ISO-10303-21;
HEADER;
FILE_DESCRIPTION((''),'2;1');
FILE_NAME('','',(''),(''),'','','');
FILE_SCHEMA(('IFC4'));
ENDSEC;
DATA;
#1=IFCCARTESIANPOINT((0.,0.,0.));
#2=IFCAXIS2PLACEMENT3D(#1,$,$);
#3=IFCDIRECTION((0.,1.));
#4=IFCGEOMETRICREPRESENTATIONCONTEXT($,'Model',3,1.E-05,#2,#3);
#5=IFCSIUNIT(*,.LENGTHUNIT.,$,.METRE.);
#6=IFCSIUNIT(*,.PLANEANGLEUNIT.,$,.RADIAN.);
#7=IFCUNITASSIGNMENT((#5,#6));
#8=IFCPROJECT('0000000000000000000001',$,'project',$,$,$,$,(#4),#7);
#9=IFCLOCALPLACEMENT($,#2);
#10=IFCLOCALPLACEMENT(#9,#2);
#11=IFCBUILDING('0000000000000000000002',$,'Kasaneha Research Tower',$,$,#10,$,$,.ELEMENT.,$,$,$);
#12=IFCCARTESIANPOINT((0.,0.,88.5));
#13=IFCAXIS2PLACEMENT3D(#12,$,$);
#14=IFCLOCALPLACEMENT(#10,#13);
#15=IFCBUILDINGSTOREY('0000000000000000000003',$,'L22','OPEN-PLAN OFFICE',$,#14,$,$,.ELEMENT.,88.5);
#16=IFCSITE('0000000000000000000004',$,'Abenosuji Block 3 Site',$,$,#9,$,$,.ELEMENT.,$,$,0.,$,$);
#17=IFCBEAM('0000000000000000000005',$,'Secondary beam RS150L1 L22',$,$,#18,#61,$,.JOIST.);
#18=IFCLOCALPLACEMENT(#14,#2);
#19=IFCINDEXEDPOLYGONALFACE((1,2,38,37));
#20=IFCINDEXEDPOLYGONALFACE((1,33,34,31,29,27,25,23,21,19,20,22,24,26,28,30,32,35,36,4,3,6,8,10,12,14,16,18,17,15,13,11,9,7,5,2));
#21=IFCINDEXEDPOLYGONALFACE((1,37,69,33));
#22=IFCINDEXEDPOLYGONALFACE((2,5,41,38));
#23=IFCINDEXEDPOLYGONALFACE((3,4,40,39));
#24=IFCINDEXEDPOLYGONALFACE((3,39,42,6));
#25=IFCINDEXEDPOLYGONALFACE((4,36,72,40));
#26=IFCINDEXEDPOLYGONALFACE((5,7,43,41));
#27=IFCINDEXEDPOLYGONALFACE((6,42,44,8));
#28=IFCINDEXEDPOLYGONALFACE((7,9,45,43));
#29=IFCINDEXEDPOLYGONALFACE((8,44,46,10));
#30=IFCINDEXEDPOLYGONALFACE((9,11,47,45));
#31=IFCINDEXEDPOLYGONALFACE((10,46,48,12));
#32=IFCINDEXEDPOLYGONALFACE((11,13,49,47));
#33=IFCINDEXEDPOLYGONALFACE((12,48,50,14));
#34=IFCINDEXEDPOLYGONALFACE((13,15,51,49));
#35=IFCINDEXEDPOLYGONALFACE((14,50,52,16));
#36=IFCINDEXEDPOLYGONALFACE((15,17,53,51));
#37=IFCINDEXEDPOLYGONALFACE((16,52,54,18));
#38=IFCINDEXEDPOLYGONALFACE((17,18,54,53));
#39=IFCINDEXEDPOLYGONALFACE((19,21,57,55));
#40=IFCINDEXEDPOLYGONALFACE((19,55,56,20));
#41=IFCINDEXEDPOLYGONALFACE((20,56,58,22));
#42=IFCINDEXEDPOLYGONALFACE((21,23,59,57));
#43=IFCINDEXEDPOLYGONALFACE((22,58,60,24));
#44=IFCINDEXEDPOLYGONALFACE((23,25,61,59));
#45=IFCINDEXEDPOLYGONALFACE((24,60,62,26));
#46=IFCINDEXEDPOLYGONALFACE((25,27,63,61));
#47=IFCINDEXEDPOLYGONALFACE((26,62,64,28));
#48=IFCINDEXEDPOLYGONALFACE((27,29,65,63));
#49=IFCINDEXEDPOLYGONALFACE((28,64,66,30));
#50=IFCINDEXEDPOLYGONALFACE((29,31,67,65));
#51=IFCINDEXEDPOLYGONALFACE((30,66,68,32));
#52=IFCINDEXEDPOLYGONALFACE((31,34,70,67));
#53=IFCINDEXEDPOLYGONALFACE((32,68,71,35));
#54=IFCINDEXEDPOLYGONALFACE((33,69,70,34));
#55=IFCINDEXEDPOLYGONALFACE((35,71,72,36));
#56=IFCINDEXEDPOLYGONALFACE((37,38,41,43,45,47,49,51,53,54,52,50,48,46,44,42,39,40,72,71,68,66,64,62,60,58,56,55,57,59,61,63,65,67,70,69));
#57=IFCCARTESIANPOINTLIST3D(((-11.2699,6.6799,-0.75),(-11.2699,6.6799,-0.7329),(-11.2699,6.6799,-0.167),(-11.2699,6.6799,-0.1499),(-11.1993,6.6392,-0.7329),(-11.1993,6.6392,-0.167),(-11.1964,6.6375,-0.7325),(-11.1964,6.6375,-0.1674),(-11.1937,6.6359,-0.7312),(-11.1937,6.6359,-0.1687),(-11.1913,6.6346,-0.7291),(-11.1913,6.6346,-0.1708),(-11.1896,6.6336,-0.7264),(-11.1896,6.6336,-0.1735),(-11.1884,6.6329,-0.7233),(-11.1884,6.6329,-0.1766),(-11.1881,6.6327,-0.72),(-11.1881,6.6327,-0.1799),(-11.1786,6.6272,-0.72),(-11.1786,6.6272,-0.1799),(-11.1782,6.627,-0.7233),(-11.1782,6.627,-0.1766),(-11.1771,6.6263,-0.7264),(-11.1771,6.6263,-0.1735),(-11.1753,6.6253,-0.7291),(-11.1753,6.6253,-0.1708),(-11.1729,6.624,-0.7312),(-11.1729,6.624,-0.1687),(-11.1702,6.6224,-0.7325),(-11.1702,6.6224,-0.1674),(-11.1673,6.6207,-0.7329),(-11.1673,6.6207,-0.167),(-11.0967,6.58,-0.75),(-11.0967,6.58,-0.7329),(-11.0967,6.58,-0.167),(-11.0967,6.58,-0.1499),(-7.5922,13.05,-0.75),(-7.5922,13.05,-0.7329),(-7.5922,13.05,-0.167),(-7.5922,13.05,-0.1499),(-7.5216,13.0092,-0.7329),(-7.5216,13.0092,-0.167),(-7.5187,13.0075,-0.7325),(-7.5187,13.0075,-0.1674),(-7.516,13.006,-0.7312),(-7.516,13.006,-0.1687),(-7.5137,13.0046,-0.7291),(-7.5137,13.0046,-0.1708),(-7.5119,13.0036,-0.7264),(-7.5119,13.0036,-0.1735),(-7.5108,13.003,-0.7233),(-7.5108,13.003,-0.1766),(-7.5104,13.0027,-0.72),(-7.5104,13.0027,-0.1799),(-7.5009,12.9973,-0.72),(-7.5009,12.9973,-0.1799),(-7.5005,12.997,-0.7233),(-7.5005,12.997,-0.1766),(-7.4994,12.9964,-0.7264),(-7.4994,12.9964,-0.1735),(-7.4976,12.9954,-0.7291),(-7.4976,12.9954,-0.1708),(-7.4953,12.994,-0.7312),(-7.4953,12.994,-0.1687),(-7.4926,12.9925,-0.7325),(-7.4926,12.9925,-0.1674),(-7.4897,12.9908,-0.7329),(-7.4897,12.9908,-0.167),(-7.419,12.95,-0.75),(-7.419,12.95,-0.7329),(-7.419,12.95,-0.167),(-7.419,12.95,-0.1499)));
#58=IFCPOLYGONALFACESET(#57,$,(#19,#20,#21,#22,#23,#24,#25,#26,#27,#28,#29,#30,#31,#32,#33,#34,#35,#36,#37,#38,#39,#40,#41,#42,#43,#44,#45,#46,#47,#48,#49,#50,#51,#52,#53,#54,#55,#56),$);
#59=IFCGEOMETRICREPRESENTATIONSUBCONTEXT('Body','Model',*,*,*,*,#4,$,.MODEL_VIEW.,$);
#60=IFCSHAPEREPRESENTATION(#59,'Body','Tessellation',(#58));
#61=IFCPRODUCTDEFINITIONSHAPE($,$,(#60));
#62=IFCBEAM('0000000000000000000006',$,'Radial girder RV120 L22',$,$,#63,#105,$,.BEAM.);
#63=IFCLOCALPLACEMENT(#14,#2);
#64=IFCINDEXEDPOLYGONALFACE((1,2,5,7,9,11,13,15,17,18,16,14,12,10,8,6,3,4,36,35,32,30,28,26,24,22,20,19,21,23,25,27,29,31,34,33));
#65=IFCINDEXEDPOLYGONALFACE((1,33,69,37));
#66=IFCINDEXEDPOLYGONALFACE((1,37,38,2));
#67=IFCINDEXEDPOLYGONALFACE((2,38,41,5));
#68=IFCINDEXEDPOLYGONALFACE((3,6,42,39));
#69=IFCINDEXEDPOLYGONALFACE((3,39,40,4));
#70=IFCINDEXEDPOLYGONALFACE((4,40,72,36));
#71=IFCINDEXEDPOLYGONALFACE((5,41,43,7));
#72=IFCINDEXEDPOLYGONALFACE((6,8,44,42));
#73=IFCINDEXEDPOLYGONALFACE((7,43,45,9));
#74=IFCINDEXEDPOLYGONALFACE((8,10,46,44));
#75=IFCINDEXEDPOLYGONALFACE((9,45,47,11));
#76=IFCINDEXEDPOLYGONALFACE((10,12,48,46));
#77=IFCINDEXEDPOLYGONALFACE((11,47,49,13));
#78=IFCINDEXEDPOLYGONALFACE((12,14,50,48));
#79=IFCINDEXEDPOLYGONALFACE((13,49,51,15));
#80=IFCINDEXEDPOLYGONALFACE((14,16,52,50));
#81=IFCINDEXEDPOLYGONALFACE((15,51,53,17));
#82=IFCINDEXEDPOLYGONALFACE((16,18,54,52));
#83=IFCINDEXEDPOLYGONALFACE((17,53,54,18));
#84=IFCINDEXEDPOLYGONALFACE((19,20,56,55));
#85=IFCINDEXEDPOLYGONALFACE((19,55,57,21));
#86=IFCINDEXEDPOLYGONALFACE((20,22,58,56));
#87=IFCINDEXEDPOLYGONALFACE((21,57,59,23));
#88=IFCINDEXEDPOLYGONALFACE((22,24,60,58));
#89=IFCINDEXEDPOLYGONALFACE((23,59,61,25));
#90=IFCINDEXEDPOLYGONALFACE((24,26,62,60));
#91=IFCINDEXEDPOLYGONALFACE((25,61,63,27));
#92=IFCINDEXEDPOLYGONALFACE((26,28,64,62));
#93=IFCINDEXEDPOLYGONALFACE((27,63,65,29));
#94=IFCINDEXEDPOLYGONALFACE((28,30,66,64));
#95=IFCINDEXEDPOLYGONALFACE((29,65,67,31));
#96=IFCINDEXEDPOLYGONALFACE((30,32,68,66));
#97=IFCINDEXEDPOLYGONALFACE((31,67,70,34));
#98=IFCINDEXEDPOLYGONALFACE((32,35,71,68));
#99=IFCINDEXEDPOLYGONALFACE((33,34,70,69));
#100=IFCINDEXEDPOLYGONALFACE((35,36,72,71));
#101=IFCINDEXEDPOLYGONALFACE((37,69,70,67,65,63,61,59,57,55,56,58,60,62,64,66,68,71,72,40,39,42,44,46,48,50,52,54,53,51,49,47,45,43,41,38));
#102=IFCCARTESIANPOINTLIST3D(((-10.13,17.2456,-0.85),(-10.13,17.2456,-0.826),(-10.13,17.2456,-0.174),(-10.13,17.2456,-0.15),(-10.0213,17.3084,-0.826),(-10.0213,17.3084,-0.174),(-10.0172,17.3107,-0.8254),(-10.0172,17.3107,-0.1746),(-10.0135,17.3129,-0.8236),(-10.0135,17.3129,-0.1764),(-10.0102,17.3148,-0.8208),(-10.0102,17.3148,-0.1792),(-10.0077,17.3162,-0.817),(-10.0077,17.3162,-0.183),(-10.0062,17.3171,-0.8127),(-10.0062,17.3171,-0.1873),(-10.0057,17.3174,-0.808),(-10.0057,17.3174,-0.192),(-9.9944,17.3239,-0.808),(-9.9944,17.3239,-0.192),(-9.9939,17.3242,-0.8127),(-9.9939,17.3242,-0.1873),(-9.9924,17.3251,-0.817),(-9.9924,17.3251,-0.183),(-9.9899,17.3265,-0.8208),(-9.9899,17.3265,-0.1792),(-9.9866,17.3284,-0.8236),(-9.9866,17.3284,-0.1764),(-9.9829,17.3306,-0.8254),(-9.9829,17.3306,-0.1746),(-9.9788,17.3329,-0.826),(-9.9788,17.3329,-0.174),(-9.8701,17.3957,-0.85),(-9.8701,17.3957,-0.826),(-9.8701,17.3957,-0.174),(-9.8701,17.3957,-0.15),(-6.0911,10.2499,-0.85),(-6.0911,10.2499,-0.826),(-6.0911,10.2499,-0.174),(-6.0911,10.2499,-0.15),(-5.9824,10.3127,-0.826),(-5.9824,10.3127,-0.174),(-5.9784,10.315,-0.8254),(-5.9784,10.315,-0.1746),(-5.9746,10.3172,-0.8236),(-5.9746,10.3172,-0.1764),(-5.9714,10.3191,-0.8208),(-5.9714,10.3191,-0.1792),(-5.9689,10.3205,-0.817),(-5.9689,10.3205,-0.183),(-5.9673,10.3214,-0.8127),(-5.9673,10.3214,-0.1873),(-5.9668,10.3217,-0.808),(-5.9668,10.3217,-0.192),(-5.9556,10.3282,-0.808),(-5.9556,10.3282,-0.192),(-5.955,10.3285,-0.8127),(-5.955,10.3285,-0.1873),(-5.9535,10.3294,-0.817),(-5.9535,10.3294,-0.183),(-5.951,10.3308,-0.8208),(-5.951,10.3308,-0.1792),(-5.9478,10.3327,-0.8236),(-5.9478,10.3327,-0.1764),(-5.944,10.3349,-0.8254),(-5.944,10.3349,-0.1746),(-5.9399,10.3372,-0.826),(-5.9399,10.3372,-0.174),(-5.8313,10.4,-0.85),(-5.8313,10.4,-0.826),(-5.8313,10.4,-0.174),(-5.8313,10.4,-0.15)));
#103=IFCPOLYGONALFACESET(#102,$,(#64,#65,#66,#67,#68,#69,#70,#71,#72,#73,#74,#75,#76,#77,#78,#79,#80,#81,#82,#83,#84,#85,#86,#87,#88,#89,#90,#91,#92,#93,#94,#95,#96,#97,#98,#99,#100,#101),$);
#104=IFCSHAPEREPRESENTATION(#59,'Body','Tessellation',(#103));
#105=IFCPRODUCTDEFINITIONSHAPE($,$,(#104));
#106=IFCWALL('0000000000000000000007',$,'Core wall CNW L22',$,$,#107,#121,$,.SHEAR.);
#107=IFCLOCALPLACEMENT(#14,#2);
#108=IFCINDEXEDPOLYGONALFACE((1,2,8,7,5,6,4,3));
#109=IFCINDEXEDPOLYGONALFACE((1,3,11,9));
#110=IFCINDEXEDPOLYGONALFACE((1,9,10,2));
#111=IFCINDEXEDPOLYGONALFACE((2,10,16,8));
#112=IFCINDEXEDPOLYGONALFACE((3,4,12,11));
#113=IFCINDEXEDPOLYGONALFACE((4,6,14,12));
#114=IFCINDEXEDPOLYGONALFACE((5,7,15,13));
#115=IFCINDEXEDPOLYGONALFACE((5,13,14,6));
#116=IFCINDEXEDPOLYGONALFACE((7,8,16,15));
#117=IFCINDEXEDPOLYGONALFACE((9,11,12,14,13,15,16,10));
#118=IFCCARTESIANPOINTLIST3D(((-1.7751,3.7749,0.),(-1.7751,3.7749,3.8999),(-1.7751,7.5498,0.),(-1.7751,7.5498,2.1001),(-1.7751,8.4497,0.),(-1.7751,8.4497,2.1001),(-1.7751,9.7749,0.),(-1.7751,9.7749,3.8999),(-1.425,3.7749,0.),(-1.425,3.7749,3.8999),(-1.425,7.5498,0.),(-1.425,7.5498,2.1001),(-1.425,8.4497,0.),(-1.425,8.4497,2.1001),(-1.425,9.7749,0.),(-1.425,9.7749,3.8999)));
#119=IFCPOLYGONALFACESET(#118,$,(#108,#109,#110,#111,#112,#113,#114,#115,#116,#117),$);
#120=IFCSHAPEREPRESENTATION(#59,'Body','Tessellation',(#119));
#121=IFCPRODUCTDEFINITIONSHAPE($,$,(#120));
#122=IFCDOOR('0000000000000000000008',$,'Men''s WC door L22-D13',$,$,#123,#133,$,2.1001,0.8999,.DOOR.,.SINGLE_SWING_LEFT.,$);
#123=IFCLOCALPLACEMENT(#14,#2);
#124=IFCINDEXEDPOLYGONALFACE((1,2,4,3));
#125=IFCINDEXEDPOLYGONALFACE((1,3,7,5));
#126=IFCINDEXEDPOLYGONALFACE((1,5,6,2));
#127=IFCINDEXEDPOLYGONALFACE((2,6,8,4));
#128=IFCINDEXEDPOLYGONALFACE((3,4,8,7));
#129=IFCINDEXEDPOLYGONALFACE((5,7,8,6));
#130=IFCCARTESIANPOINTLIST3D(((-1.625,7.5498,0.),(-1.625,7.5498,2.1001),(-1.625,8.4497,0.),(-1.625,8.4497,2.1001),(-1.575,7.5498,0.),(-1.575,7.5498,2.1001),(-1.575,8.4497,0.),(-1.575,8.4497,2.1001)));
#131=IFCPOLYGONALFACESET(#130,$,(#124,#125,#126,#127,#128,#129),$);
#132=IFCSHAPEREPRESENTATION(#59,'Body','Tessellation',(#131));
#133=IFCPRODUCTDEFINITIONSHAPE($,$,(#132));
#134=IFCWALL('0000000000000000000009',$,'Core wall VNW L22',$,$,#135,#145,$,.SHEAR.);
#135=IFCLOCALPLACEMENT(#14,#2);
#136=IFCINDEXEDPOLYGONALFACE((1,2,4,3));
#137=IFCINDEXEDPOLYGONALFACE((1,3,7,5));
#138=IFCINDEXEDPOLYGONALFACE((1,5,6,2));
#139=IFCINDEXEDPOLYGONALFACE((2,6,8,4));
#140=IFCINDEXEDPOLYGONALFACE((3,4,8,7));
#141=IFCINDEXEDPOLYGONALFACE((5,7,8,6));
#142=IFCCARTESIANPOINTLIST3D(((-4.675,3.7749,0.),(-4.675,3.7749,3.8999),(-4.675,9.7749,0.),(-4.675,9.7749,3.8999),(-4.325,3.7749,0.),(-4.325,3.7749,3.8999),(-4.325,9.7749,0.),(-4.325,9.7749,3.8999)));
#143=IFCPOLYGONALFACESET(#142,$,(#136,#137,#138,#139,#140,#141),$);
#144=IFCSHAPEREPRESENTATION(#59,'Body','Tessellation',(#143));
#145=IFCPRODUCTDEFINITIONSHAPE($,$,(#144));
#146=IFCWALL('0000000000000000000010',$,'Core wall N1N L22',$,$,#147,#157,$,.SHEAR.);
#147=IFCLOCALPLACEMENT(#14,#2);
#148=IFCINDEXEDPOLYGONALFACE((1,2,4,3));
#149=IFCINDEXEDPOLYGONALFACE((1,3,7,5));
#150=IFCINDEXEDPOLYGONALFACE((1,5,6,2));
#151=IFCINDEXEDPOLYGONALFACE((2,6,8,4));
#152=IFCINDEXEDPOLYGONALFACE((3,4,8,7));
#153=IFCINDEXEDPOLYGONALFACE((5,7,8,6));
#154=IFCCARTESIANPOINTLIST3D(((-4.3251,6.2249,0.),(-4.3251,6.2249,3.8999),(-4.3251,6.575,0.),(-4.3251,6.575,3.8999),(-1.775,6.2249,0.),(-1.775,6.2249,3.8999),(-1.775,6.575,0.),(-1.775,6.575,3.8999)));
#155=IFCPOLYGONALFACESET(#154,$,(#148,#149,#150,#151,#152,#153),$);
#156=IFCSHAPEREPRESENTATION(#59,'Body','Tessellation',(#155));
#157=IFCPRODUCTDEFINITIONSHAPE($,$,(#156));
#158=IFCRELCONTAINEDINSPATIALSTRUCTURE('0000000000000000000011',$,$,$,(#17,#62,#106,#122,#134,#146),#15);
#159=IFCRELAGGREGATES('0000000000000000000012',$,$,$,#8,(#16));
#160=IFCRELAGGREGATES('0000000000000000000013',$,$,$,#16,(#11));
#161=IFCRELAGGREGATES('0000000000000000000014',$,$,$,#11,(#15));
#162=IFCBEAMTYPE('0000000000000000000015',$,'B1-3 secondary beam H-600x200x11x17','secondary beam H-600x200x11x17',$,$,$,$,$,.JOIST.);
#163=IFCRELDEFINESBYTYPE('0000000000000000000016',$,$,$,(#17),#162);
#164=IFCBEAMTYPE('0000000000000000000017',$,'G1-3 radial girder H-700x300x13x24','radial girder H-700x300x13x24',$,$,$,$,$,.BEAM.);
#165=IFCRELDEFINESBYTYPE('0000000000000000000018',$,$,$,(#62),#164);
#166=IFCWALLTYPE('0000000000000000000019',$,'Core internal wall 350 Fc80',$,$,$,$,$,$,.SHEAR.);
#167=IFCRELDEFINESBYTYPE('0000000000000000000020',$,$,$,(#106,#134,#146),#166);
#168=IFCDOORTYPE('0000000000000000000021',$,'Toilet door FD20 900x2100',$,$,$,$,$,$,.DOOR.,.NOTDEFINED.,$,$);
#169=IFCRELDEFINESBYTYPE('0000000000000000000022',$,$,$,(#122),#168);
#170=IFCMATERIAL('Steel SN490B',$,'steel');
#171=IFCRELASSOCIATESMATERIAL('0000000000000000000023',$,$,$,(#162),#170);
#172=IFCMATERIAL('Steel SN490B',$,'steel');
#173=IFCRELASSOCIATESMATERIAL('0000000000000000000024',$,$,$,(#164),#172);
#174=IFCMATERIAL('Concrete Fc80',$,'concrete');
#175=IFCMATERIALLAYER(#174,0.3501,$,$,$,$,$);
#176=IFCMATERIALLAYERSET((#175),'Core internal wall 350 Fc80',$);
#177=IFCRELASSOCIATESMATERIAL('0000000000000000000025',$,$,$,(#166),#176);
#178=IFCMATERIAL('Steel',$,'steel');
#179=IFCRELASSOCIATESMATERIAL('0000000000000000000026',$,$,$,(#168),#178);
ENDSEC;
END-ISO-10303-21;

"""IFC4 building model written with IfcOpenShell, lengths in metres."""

from ifc_helpers import new_model, si_unit, direction, frame, frame_2d, origin, origin_2d, place, context, subcontext, project, spatial, rectangle, i_section, extrude, material, layer, layer_set, material_profile, profile_set, type_object, element, fill, save


model = new_model("IFC4")

# Units and contexts
model_context = context("Model", 3, precision=1e-05, world=origin(), true_north=direction((0.0, 1.0)))
body_context = subcontext(model_context, "Body", "Model", "MODEL_VIEW")
ifc_project = project(units=[si_unit("LENGTHUNIT", "METRE"), si_unit("PLANEANGLEUNIT", "RADIAN")], contexts=[model_context])

# Site, building, storey
site_placement = place(None, origin())
site = spatial("IfcSite", under=ifc_project, at=site_placement, Name="Abenosuji Block 3 Site", CompositionType="ELEMENT", RefElevation=0.0)
building_placement = place(site_placement, origin())
building = spatial("IfcBuilding", under=site, at=building_placement, Name="Kasaneha Research Tower", CompositionType="ELEMENT")
storey_placement = place(building_placement, frame((0.0, 0.0, 88.5)))
storey = spatial("IfcBuildingStorey", under=building, at=storey_placement, Name="L22", Description="OPEN-PLAN OFFICE", CompositionType="ELEMENT", Elevation=88.5)

# Beams
ifc_material_1 = material(Name="Steel SN490B", Category="steel")
ifc_material_profile_1 = material_profile(ifc_material_1, i_section(OverallWidth=0.2, OverallDepth=0.6001, WebThickness=0.011, FlangeThickness=0.0171, FilletRadius=0.0129, at=origin_2d()), Name="H-600x200x11x17")
ifc_profile_set_1 = profile_set([ifc_material_profile_1], Name="Steel SN490B")
beam_type_1 = type_object("IfcBeamType", Name="B1-3 secondary beam H-600x200x11x17", Description="secondary beam H-600x200x11x17", PredefinedType="JOIST", material=ifc_profile_set_1)
beam_1_placement = place(storey_placement, frame((-7.5056, 13.0, -0.45), z_axis=(-0.499994, -0.866029, 0.0), x_axis=(0.866029, -0.499994, 0.0)))
element("IfcBeam", 1, at=beam_1_placement, inside=storey, type_object=beam_type_1, Name="Secondary beam RS150L1 L22", PredefinedType="JOIST", context=body_context, shape_type="SweptSolid", body=[
    extrude(i_section(OverallWidth=0.2, OverallDepth=0.6001, WebThickness=0.011, FlangeThickness=0.0171, FilletRadius=0.0129, at=origin_2d()), origin(), (0.0, 0.0, 1.0), 7.3555),
])
ifc_material_2 = material(Name="Steel SN490B", Category="steel")
ifc_material_profile_2 = material_profile(ifc_material_2, i_section(OverallWidth=0.3, OverallDepth=0.7, WebThickness=0.0129, FlangeThickness=0.0239, FilletRadius=0.0181, at=origin_2d()), Name="H-700x300x13x24")
ifc_profile_set_2 = profile_set([ifc_material_profile_2], Name="Steel SN490B")
beam_type_2 = type_object("IfcBeamType", Name="G1-3 radial girder H-700x300x13x24", Description="radial girder H-700x300x13x24", PredefinedType="BEAM", material=ifc_profile_set_2)
beam_2_placement = place(storey_placement, frame((-5.9612, 10.325, -0.5), z_axis=(-0.499991, 0.866031, 0.0), x_axis=(-0.866031, -0.499991, 0.0)))
element("IfcBeam", 2, at=beam_2_placement, inside=storey, type_object=beam_type_2, Name="Radial girder RV120 L22", PredefinedType="BEAM", context=body_context, shape_type="SweptSolid", body=[
    extrude(i_section(OverallWidth=0.3, OverallDepth=0.7, WebThickness=0.0129, FlangeThickness=0.0239, FilletRadius=0.0181, at=origin_2d()), origin(), (0.0, 0.0, 1.0), 8.0779),
])

# Wall, opening, door
ifc_material_3 = material(Name="Concrete Fc80", Category="concrete")
ifc_layer_1 = layer(ifc_material_3, 0.3501)
ifc_layer_set_1 = layer_set([ifc_layer_1], Name="Core internal wall 350 Fc80")
wall_type_1 = type_object("IfcWallType", Name="Core internal wall 350 Fc80", PredefinedType="SHEAR", material=ifc_layer_set_1)
wall_1_placement = place(storey_placement, frame((-1.6001, 3.7749, 0.0), z_axis=(0.0, 0.0, 1.0), x_axis=(0.0, 1.0, 0.0)))
wall_1 = element("IfcWall", 3, at=wall_1_placement, inside=storey, type_object=wall_type_1, Name="Core wall CNW L22", PredefinedType="SHEAR", context=body_context, shape_type="SweptSolid", body=[
    extrude(rectangle(XDim=6.0, YDim=0.3501, at=frame_2d((3.0, 0.0))), origin(), (0.0, 0.0, 1.0), 3.8999),
])
opening_1_placement = place(wall_1_placement, frame((3.7749, 0.0, 0.0)))
opening_1 = element("IfcOpeningElement", 4, at=opening_1_placement, cuts=wall_1, PredefinedType="OPENING", context=body_context, shape_type="SweptSolid", body=[
    extrude(rectangle(XDim=0.8999, YDim=2.1001, at=frame_2d((0.45, 1.05))), frame((0.0, 0.1851, 0.0), z_axis=(0.0, -1.0, 0.0), x_axis=(1.0, 0.0, 0.0)), (0.0, 0.0, 1.0), 0.3701),
])
ifc_material_4 = material(Name="Steel", Category="steel")
door_type_1 = type_object("IfcDoorType", Name="Toilet door FD20 900x2100", OperationType="NOTDEFINED", PredefinedType="DOOR", material=ifc_material_4)
door_1_placement = place(opening_1_placement, origin())
door_1 = element("IfcDoor", 5, at=door_1_placement, inside=storey, type_object=door_type_1, Name="Men's WC door L22-D13", OperationType="SINGLE_SWING_LEFT", OverallHeight=2.1001, OverallWidth=0.8999, PredefinedType="DOOR", context=body_context, shape_type="SweptSolid", body=[
    extrude(rectangle(XDim=0.8999, YDim=2.1001, at=frame_2d((0.45, 1.05))), frame((0.0, 0.0249, 0.0), z_axis=(0.0, -1.0, 0.0), x_axis=(1.0, 0.0, 0.0)), (0.0, 0.0, 1.0), 0.05),
])
fill(opening_1, door_1)

# Walls
wall_2_placement = place(storey_placement, frame((-4.5, 3.7749, 0.0), z_axis=(0.0, 0.0, 1.0), x_axis=(0.0, 1.0, 0.0)))
element("IfcWall", 6, at=wall_2_placement, inside=storey, type_object=wall_type_1, Name="Core wall VNW L22", PredefinedType="SHEAR", context=body_context, shape_type="SweptSolid", body=[
    extrude(rectangle(XDim=6.0, YDim=0.3501, at=frame_2d((3.0, 0.0))), origin(), (0.0, 0.0, 1.0), 3.8999),
])
wall_3_placement = place(storey_placement, frame((-4.325, 6.3999, 0.0), z_axis=(0.0, 0.0, 1.0), x_axis=(1.0, 0.0, 0.0)))
element("IfcWall", 7, at=wall_3_placement, inside=storey, type_object=wall_type_1, Name="Core wall N1N L22", PredefinedType="SHEAR", context=body_context, shape_type="SweptSolid", body=[
    extrude(rectangle(XDim=2.55, YDim=0.3501, at=frame_2d((1.2749, 0.0))), origin(), (0.0, 0.0, 1.0), 3.8999),
])

save(model, "model.ifc")
